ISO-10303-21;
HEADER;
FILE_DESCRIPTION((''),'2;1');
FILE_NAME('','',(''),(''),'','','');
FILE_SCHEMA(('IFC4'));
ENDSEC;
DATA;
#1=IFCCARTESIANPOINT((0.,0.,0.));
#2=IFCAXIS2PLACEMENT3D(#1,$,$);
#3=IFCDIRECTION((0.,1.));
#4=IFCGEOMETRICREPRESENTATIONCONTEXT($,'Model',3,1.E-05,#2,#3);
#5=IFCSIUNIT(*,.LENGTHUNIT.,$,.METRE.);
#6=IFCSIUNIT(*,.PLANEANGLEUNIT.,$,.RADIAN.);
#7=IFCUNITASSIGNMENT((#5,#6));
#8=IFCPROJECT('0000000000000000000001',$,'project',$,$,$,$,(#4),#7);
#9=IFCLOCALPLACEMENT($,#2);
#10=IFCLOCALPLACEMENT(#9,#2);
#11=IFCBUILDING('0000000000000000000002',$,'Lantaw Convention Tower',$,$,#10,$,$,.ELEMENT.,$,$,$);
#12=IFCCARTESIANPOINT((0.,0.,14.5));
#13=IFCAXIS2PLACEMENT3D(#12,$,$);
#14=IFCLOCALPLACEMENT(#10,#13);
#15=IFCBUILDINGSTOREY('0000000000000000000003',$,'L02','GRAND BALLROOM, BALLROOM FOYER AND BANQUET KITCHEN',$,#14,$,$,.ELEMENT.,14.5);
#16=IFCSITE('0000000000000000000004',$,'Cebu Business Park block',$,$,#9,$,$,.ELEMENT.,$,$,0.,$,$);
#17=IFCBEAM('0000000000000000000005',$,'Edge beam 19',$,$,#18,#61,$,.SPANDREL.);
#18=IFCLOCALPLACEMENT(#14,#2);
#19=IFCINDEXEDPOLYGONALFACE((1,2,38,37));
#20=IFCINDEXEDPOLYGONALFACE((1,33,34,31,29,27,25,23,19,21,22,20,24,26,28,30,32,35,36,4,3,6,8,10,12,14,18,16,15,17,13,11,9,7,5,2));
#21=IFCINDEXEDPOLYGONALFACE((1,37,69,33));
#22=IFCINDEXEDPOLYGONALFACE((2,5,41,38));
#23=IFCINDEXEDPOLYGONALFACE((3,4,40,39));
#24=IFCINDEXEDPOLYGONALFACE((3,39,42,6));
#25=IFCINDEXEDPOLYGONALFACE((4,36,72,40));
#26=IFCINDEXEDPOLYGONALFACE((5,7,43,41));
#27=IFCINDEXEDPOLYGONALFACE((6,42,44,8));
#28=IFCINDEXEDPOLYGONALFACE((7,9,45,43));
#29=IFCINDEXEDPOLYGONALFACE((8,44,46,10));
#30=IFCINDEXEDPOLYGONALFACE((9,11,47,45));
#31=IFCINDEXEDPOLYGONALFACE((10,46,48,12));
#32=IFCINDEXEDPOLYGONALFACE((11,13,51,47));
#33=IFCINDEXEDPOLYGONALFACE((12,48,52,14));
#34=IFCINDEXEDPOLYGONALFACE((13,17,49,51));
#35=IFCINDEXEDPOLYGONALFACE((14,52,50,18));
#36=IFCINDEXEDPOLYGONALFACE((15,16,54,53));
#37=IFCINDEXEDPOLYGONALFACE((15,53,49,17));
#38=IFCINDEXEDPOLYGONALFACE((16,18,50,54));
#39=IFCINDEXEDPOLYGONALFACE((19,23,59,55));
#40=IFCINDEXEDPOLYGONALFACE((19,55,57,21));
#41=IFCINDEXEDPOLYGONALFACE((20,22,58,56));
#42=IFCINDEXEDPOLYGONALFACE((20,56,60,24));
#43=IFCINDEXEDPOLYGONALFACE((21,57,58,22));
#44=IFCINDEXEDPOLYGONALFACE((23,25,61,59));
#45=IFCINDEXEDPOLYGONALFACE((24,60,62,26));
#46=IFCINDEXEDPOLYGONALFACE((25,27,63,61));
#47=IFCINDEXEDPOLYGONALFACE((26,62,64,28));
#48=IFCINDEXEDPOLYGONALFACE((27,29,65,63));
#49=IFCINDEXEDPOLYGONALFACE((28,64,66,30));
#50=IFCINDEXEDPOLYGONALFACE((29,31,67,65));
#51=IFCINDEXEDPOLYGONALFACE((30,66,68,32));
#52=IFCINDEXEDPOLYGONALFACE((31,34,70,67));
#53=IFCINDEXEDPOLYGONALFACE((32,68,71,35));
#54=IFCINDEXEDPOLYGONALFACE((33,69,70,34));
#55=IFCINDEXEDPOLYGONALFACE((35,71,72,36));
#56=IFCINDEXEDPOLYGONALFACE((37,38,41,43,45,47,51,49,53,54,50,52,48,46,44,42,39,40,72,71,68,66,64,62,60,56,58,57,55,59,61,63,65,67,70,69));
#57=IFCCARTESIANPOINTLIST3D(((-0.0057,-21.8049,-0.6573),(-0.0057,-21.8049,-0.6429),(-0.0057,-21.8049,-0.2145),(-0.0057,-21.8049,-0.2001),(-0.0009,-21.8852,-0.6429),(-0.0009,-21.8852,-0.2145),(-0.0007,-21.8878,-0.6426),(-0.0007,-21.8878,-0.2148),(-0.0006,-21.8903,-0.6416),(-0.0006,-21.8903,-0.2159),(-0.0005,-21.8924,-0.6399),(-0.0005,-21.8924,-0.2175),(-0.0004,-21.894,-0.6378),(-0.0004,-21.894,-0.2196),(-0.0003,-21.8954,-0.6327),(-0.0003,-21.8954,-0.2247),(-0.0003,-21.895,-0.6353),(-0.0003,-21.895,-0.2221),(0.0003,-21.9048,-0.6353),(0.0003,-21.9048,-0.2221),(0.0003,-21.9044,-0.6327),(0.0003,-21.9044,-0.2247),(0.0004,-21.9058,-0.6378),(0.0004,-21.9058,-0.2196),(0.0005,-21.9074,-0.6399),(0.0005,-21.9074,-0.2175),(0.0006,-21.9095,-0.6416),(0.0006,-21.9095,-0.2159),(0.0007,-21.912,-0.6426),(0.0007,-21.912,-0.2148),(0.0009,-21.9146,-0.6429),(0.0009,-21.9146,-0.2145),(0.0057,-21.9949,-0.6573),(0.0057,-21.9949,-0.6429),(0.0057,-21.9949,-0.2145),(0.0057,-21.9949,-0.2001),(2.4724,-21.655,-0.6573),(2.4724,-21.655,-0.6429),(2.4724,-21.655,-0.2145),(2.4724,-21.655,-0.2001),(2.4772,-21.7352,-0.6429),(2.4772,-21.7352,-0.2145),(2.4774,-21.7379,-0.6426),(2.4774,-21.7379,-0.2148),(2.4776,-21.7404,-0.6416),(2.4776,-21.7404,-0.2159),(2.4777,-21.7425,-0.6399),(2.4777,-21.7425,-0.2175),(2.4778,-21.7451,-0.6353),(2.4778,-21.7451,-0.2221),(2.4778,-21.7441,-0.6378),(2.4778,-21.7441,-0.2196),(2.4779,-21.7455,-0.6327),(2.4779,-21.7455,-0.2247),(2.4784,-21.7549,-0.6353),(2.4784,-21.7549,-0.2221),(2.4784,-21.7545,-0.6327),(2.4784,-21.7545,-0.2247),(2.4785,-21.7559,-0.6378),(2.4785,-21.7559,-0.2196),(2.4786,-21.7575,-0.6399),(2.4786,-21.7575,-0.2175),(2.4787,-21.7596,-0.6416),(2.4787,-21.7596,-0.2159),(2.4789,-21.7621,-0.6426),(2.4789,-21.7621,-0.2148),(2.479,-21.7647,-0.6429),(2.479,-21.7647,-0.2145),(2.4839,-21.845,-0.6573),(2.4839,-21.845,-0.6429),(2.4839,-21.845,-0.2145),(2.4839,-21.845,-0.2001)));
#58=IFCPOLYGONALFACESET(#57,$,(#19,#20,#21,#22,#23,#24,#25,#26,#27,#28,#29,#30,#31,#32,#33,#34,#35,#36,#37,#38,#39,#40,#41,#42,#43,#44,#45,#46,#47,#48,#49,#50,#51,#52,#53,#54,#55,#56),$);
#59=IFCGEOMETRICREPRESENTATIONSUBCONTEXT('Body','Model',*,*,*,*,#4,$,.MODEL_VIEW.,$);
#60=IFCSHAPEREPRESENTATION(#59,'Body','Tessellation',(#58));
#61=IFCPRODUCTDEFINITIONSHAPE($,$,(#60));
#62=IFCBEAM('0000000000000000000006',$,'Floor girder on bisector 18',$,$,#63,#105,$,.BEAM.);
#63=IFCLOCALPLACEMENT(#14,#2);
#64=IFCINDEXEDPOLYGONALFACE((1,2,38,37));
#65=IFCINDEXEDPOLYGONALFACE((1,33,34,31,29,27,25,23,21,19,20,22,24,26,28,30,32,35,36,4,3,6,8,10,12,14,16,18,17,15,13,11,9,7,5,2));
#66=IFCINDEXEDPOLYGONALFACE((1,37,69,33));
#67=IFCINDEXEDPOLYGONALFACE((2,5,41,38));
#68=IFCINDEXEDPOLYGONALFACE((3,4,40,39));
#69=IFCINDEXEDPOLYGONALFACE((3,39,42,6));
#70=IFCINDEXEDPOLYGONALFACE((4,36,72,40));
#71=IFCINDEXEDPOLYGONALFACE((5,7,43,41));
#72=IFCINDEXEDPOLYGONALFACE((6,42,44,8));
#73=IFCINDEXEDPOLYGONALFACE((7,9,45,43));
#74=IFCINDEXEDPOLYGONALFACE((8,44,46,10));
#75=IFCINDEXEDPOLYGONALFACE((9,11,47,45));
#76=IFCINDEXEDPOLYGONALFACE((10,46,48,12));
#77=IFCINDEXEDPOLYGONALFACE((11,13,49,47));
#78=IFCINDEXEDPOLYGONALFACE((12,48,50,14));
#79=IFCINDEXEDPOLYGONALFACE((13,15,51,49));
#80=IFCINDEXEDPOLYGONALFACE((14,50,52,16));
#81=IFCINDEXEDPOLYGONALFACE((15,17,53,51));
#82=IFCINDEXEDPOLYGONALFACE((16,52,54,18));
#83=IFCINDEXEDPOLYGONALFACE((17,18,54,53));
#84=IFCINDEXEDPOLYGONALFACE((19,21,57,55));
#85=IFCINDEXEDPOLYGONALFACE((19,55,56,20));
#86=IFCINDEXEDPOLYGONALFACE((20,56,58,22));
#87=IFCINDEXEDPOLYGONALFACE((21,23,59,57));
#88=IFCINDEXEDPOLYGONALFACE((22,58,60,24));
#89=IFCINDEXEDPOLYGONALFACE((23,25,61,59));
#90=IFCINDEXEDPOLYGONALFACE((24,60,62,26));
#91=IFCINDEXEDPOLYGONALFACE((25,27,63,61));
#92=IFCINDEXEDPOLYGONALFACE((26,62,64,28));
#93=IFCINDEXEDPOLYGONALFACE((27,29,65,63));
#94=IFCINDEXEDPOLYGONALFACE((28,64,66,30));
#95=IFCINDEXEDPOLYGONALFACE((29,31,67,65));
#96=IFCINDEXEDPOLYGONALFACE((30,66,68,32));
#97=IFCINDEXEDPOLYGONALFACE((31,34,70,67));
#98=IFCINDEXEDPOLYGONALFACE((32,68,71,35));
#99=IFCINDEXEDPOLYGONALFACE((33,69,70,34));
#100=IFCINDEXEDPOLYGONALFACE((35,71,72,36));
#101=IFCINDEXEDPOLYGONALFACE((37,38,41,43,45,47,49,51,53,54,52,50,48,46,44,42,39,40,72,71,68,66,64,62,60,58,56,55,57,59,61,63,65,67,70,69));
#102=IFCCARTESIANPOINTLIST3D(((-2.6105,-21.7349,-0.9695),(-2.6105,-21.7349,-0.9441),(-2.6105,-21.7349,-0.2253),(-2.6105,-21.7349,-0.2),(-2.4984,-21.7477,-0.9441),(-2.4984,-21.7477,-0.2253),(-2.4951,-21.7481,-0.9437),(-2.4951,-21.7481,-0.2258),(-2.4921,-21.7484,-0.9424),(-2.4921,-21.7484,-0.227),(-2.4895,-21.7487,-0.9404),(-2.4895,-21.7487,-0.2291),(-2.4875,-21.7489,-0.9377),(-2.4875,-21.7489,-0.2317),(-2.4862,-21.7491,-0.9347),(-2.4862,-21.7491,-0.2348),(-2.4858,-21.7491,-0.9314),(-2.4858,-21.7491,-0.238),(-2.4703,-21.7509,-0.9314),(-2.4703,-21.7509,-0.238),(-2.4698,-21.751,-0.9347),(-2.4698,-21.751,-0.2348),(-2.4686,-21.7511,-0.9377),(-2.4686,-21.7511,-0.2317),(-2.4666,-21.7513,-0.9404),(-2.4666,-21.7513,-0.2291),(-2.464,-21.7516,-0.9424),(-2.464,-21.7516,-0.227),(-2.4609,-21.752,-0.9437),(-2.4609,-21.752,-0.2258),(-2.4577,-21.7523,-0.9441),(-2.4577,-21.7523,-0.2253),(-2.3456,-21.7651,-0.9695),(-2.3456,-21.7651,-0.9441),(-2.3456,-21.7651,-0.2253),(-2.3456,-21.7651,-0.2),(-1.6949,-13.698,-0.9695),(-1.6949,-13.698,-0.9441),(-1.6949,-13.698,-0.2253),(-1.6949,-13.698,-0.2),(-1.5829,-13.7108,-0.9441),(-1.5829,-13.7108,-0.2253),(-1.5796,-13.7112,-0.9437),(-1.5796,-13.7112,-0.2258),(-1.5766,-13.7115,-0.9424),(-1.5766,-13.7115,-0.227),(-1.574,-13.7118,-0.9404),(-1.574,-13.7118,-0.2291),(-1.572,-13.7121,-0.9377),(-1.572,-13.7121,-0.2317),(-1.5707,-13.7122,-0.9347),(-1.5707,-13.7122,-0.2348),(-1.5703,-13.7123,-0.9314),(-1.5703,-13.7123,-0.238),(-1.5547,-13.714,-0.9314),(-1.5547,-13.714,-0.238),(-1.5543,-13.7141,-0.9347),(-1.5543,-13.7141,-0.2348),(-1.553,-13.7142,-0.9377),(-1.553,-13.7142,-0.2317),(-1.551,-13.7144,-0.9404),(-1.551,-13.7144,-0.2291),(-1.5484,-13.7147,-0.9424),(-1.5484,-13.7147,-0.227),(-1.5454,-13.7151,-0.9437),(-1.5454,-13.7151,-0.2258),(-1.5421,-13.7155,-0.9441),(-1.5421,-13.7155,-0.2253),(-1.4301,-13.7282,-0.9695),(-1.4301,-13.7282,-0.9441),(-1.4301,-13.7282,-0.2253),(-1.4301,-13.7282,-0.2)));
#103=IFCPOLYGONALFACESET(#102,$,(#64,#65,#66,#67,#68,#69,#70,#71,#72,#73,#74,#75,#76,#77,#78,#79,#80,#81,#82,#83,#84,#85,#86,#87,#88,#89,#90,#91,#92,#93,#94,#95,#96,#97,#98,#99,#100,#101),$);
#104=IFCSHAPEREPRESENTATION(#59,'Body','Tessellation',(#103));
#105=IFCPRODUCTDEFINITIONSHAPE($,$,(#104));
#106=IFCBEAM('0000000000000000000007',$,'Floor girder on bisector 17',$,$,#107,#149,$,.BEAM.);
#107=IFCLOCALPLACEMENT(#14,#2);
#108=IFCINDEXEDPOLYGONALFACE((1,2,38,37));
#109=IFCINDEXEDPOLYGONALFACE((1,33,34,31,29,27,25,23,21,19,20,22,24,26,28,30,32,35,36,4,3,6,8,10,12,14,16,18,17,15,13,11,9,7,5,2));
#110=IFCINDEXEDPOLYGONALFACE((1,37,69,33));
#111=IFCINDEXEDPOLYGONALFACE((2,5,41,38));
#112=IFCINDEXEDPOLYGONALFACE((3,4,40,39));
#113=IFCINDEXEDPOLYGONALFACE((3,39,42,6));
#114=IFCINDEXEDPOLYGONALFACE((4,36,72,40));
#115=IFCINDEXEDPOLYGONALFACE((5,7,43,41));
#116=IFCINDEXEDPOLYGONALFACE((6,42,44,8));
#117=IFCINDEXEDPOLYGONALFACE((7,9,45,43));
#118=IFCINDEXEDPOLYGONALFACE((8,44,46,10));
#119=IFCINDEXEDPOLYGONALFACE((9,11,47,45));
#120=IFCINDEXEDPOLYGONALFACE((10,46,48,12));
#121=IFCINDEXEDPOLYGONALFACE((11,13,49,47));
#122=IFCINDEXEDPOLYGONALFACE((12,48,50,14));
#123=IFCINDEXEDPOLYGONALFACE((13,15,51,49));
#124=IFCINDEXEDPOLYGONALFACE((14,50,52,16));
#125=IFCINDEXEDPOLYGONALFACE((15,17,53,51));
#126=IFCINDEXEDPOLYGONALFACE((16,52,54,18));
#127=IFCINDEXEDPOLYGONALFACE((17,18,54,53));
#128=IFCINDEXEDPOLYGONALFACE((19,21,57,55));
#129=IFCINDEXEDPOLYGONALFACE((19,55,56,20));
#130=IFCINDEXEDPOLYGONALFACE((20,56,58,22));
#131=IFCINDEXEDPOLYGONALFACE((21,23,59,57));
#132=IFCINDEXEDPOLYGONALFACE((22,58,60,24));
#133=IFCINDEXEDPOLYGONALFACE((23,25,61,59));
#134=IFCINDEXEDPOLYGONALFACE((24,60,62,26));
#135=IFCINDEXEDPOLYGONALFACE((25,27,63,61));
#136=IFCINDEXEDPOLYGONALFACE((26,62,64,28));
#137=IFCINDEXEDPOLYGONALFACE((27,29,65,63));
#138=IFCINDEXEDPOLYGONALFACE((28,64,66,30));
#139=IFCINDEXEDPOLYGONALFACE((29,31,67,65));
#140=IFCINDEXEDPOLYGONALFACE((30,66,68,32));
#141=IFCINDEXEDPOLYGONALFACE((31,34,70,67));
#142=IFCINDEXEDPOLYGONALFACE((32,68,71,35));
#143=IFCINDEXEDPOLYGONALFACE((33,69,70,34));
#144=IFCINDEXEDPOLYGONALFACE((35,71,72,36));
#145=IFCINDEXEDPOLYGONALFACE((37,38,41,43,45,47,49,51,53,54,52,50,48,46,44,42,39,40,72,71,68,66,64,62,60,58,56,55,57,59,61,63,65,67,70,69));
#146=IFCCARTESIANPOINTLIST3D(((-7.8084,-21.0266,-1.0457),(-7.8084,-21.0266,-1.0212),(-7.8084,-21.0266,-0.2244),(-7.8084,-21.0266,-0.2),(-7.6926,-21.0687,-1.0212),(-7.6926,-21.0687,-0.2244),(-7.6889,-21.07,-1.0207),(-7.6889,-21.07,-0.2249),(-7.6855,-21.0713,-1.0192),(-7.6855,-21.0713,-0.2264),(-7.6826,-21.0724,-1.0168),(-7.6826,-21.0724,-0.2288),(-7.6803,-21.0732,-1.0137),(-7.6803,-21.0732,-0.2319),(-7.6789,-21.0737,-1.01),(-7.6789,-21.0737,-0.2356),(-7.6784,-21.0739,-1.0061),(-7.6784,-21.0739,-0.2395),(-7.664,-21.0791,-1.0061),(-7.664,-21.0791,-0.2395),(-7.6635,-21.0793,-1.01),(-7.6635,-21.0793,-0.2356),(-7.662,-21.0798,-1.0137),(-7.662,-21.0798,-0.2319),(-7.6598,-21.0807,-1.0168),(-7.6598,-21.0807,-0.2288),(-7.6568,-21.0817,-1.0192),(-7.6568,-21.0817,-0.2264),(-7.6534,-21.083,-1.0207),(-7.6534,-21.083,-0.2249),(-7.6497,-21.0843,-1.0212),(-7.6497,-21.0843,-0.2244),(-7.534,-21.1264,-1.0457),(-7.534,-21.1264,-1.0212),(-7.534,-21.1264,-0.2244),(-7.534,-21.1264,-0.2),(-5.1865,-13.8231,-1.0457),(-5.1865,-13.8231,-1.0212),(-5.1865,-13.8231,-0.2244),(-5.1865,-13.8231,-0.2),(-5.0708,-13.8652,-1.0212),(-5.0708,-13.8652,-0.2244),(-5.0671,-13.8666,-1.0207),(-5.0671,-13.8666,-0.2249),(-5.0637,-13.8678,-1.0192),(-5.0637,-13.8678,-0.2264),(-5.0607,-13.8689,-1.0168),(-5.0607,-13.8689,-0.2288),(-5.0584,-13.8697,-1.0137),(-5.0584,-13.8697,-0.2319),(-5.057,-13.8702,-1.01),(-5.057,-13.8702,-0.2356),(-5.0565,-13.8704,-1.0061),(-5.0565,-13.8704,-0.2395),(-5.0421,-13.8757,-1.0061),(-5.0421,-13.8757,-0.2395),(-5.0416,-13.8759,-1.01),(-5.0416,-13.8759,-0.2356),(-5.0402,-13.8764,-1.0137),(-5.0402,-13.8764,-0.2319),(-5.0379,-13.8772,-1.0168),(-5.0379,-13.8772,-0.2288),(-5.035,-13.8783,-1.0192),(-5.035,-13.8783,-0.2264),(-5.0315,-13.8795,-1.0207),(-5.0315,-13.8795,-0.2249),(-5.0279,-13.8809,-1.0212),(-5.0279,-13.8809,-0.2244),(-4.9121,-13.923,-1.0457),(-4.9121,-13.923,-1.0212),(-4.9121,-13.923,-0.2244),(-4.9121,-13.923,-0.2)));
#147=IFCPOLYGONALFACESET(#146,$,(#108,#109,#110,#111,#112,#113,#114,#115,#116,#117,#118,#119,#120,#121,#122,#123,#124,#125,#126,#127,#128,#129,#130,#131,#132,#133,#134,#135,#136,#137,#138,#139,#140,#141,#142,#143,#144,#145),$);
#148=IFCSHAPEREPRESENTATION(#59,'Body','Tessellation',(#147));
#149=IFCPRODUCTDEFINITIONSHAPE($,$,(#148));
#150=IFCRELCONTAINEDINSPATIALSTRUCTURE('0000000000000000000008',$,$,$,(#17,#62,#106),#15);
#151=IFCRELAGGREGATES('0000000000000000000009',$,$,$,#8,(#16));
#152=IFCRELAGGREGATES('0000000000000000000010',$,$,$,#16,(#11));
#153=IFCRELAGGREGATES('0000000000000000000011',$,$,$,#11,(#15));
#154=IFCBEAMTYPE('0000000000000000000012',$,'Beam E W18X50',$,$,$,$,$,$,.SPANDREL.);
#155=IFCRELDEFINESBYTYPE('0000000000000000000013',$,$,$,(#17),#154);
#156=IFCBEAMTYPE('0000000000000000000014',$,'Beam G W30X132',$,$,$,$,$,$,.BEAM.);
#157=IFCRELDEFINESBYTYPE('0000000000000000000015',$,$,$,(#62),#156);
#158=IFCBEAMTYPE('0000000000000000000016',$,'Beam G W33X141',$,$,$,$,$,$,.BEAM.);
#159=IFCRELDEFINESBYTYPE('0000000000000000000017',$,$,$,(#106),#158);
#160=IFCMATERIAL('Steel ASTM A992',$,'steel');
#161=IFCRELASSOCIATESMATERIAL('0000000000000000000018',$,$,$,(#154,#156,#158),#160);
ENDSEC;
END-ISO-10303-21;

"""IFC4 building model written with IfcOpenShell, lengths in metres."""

from ifc_helpers import new_model, si_unit, direction, frame, origin, origin_2d, place, context, subcontext, project, spatial, i_section, extrude, material, material_profile, profile_set, type_object, element, save


model = new_model("IFC4")

# Units and contexts
model_context = context("Model", 3, precision=1e-05, world=origin(), true_north=direction((0.0, 1.0)))
body_context = subcontext(model_context, "Body", "Model", "MODEL_VIEW")
ifc_project = project(units=[si_unit("LENGTHUNIT", "METRE"), si_unit("PLANEANGLEUNIT", "RADIAN")], contexts=[model_context])

# Site, building, storey
site_placement = place(None, origin())
site = spatial("IfcSite", under=ifc_project, at=site_placement, Name="Cebu Business Park block", CompositionType="ELEMENT", RefElevation=0.0)
building_placement = place(site_placement, origin())
building = spatial("IfcBuilding", under=site, at=building_placement, Name="Lantaw Convention Tower", CompositionType="ELEMENT")
storey_placement = place(building_placement, frame((0.0, 0.0, 14.5)))
storey = spatial("IfcBuildingStorey", under=building, at=storey_placement, Name="L02", Description="GRAND BALLROOM, BALLROOM FOYER AND BANQUET KITCHEN", CompositionType="ELEMENT", Elevation=14.5)

# Beams
ifc_material_1 = material(Name="Steel ASTM A992", Category="steel")
ifc_material_profile_1 = material_profile(ifc_material_1, i_section(OverallWidth=0.1904, OverallDepth=0.4573, WebThickness=0.009, FlangeThickness=0.0144, FilletRadius=0.0103, at=origin_2d()), Name="W18X50")
ifc_profile_set_1 = profile_set([ifc_material_profile_1], Name="Steel ASTM A992")
beam_type_1 = type_object("IfcBeamType", Name="Beam E W18X50", PredefinedType="SPANDREL", material=ifc_profile_set_1)
for number, where, z_axis, x_axis, name in (
    (1, (0.0, -21.8999, -0.4287), (0.998175, 0.060382, 0.0), (-0.060382, 0.998175, 0.0), "Edge beam 19"),
):
    element("IfcBeam", number, at=place(storey_placement, frame(where, z_axis=z_axis, x_axis=x_axis)), inside=storey, type_object=beam_type_1, Name=name, PredefinedType="SPANDREL", context=body_context, shape_type="SweptSolid", body=[
        extrude(i_section(OverallWidth=0.1904, OverallDepth=0.4573, WebThickness=0.009, FlangeThickness=0.0144, FilletRadius=0.0103, at=origin_2d()), origin(), (0.0, 0.0, 1.0), 2.4827),
    ])
ifc_material_profile_2 = material_profile(ifc_material_1, i_section(OverallWidth=0.2666, OverallDepth=0.7695, WebThickness=0.0156, FlangeThickness=0.0254, FilletRadius=0.0127, at=origin_2d()), Name="W30X132")
ifc_profile_set_2 = profile_set([ifc_material_profile_2], Name="Steel ASTM A992")
beam_type_2 = type_object("IfcBeamType", Name="Beam G W30X132", PredefinedType="BEAM", material=ifc_profile_set_2)
beam_1_placement = place(storey_placement, frame((-1.5625, -13.7131, -0.5847), z_axis=(-0.113184, -0.993574, 0.0), x_axis=(0.993574, -0.113184, 0.0)))
element("IfcBeam", 2, at=beam_1_placement, inside=storey, type_object=beam_type_2, Name="Floor girder on bisector 18", PredefinedType="BEAM", context=body_context, shape_type="SweptSolid", body=[
    extrude(i_section(OverallWidth=0.2666, OverallDepth=0.7695, WebThickness=0.0156, FlangeThickness=0.0254, FilletRadius=0.0127, at=origin_2d()), origin(), (0.0, 0.0, 1.0), 8.0889),
])
ifc_material_profile_3 = material_profile(ifc_material_1, i_section(OverallWidth=0.292, OverallDepth=0.8457, WebThickness=0.0154, FlangeThickness=0.0244, FilletRadius=0.0151, at=origin_2d()), Name="W33X141")
ifc_profile_set_3 = profile_set([ifc_material_profile_3], Name="Steel ASTM A992")
beam_type_3 = type_object("IfcBeamType", Name="Beam G W33X141", PredefinedType="BEAM", material=ifc_profile_set_3)
beam_2_placement = place(storey_placement, frame((-5.0493, -13.873, -0.6228), z_axis=(-0.342022, -0.939692, 0.0), x_axis=(0.939692, -0.342022, 0.0)))
element("IfcBeam", 3, at=beam_2_placement, inside=storey, type_object=beam_type_3, Name="Floor girder on bisector 17", PredefinedType="BEAM", context=body_context, shape_type="SweptSolid", body=[
    extrude(i_section(OverallWidth=0.292, OverallDepth=0.8457, WebThickness=0.0154, FlangeThickness=0.0244, FilletRadius=0.0151, at=origin_2d()), origin(), (0.0, 0.0, 1.0), 7.6658),
])

save(model, "model.ifc")
